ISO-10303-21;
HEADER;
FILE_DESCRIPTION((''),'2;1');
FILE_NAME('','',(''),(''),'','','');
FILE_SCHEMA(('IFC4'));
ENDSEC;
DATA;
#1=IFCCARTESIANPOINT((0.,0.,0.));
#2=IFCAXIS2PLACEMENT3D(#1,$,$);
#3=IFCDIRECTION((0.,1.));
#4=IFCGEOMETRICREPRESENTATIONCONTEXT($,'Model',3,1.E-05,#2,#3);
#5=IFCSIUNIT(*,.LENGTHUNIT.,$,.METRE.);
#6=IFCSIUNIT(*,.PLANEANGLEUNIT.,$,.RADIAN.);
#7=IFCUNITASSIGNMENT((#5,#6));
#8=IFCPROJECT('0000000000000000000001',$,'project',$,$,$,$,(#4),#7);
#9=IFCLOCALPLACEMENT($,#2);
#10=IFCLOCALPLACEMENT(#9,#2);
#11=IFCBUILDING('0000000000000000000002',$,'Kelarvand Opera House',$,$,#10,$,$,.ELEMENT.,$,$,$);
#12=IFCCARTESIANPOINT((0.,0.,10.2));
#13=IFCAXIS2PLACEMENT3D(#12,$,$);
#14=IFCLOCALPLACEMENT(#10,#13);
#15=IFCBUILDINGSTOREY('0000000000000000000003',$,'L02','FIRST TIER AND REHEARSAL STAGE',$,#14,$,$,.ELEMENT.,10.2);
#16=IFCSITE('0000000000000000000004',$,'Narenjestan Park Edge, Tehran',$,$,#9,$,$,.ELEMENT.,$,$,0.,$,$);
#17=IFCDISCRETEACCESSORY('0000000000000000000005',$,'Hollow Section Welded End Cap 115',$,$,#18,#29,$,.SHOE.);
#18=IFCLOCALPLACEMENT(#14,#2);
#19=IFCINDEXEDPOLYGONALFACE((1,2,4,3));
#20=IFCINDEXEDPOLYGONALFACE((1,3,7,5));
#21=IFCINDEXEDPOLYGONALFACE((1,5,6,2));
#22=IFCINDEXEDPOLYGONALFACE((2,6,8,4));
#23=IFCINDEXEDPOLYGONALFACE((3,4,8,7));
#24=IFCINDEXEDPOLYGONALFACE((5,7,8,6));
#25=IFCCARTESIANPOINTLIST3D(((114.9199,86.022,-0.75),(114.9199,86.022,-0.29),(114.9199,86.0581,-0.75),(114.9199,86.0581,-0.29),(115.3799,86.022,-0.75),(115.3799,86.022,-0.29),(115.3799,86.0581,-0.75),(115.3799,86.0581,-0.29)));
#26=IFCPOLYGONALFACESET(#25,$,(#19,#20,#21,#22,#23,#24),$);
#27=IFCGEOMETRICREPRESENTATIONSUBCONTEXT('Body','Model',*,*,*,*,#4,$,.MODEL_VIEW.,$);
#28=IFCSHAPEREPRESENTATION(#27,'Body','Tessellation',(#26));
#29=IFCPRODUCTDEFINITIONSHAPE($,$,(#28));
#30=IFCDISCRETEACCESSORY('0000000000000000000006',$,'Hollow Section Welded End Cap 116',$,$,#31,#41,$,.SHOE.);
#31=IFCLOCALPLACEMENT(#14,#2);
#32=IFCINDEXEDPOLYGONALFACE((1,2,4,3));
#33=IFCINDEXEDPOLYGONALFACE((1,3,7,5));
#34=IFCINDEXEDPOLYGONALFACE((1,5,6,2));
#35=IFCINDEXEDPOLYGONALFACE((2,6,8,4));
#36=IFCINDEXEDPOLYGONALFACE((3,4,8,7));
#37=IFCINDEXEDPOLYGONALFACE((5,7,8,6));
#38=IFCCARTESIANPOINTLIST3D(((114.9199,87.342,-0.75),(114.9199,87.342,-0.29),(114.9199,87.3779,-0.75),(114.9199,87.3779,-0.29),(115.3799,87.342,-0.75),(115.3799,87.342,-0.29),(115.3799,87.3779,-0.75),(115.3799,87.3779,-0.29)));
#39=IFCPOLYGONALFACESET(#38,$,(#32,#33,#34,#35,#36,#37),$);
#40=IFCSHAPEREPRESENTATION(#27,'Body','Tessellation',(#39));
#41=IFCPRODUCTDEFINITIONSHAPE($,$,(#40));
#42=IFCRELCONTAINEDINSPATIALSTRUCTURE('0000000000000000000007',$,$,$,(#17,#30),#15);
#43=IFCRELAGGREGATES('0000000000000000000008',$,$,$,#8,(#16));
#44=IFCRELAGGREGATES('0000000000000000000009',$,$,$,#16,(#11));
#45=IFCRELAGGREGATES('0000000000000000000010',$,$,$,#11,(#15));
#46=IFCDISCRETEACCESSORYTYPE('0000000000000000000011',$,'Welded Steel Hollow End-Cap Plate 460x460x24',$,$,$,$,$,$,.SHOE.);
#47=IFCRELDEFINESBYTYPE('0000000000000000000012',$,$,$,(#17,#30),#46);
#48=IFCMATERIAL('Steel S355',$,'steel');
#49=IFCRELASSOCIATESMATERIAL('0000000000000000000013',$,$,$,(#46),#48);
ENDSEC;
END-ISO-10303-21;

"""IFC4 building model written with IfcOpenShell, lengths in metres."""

from ifc_helpers import new_model, si_unit, direction, frame, origin, origin_2d, place, context, subcontext, project, spatial, rectangle, extrude, material, material_profile, profile_set, type_object, element, save


model = new_model("IFC4")

# Units and contexts
model_context = context("Model", 3, precision=1e-05, world=origin(), true_north=direction((0.0, 1.0)))
body_context = subcontext(model_context, "Body", "Model", "MODEL_VIEW")
ifc_project = project(units=[si_unit("LENGTHUNIT", "METRE"), si_unit("PLANEANGLEUNIT", "RADIAN")], contexts=[model_context])

# Site, building, storey
site_placement = place(None, origin())
site = spatial("IfcSite", under=ifc_project, at=site_placement, Name="Narenjestan Park Edge, Tehran", CompositionType="ELEMENT", RefElevation=0.0)
building_placement = place(site_placement, origin())
building = spatial("IfcBuilding", under=site, at=building_placement, Name="Kelarvand Opera House", CompositionType="ELEMENT")
storey_placement = place(building_placement, frame((0.0, 0.0, 10.2)))
storey = spatial("IfcBuildingStorey", under=building, at=storey_placement, Name="L02", Description="FIRST TIER AND REHEARSAL STAGE", CompositionType="ELEMENT", Elevation=10.2)

# Shared definitions
ifc_material_1 = material(Name="Steel S355", Category="steel")

# Discrete accessories
ifc_material_profile_1 = material_profile(ifc_material_1, rectangle(XDim=0.46, YDim=0.46, at=origin_2d()), Name="Welded Steel Hollow End-Cap Plate 460x460x24", Category="steel")
ifc_profile_set_1 = profile_set([ifc_material_profile_1], Name="Steel S355")
discrete_accessory_type_1 = type_object("IfcDiscreteAccessoryType", Name="Welded Steel Hollow End-Cap Plate 460x460x24", PredefinedType="SHOE", material=ifc_profile_set_1)
discrete_accessory_1_placement = place(storey_placement, frame((115.1499, 86.0581, -0.52), z_axis=(0.0, -1.0, 0.0), x_axis=(1.0, 0.0, 0.0)))
element("IfcDiscreteAccessory", 1, at=discrete_accessory_1_placement, inside=storey, type_object=discrete_accessory_type_1, Name="Hollow Section Welded End Cap 115", PredefinedType="SHOE", context=body_context, shape_type="SweptSolid", body=[
    extrude(rectangle(XDim=0.46, YDim=0.46, at=origin_2d()), origin(), (0.0, 0.0, 1.0), 0.0361),
])
discrete_accessory_2_placement = place(storey_placement, frame((115.1499, 87.342, -0.52), z_axis=(0.0, 1.0, 0.0), x_axis=(-1.0, 0.0, 0.0)))
element("IfcDiscreteAccessory", 2, at=discrete_accessory_2_placement, inside=storey, type_object=discrete_accessory_type_1, Name="Hollow Section Welded End Cap 116", PredefinedType="SHOE", context=body_context, shape_type="SweptSolid", body=[
    extrude(rectangle(XDim=0.46, YDim=0.46, at=origin_2d()), origin(), (0.0, 0.0, 1.0), 0.0359),
])

save(model, "model.ifc")
